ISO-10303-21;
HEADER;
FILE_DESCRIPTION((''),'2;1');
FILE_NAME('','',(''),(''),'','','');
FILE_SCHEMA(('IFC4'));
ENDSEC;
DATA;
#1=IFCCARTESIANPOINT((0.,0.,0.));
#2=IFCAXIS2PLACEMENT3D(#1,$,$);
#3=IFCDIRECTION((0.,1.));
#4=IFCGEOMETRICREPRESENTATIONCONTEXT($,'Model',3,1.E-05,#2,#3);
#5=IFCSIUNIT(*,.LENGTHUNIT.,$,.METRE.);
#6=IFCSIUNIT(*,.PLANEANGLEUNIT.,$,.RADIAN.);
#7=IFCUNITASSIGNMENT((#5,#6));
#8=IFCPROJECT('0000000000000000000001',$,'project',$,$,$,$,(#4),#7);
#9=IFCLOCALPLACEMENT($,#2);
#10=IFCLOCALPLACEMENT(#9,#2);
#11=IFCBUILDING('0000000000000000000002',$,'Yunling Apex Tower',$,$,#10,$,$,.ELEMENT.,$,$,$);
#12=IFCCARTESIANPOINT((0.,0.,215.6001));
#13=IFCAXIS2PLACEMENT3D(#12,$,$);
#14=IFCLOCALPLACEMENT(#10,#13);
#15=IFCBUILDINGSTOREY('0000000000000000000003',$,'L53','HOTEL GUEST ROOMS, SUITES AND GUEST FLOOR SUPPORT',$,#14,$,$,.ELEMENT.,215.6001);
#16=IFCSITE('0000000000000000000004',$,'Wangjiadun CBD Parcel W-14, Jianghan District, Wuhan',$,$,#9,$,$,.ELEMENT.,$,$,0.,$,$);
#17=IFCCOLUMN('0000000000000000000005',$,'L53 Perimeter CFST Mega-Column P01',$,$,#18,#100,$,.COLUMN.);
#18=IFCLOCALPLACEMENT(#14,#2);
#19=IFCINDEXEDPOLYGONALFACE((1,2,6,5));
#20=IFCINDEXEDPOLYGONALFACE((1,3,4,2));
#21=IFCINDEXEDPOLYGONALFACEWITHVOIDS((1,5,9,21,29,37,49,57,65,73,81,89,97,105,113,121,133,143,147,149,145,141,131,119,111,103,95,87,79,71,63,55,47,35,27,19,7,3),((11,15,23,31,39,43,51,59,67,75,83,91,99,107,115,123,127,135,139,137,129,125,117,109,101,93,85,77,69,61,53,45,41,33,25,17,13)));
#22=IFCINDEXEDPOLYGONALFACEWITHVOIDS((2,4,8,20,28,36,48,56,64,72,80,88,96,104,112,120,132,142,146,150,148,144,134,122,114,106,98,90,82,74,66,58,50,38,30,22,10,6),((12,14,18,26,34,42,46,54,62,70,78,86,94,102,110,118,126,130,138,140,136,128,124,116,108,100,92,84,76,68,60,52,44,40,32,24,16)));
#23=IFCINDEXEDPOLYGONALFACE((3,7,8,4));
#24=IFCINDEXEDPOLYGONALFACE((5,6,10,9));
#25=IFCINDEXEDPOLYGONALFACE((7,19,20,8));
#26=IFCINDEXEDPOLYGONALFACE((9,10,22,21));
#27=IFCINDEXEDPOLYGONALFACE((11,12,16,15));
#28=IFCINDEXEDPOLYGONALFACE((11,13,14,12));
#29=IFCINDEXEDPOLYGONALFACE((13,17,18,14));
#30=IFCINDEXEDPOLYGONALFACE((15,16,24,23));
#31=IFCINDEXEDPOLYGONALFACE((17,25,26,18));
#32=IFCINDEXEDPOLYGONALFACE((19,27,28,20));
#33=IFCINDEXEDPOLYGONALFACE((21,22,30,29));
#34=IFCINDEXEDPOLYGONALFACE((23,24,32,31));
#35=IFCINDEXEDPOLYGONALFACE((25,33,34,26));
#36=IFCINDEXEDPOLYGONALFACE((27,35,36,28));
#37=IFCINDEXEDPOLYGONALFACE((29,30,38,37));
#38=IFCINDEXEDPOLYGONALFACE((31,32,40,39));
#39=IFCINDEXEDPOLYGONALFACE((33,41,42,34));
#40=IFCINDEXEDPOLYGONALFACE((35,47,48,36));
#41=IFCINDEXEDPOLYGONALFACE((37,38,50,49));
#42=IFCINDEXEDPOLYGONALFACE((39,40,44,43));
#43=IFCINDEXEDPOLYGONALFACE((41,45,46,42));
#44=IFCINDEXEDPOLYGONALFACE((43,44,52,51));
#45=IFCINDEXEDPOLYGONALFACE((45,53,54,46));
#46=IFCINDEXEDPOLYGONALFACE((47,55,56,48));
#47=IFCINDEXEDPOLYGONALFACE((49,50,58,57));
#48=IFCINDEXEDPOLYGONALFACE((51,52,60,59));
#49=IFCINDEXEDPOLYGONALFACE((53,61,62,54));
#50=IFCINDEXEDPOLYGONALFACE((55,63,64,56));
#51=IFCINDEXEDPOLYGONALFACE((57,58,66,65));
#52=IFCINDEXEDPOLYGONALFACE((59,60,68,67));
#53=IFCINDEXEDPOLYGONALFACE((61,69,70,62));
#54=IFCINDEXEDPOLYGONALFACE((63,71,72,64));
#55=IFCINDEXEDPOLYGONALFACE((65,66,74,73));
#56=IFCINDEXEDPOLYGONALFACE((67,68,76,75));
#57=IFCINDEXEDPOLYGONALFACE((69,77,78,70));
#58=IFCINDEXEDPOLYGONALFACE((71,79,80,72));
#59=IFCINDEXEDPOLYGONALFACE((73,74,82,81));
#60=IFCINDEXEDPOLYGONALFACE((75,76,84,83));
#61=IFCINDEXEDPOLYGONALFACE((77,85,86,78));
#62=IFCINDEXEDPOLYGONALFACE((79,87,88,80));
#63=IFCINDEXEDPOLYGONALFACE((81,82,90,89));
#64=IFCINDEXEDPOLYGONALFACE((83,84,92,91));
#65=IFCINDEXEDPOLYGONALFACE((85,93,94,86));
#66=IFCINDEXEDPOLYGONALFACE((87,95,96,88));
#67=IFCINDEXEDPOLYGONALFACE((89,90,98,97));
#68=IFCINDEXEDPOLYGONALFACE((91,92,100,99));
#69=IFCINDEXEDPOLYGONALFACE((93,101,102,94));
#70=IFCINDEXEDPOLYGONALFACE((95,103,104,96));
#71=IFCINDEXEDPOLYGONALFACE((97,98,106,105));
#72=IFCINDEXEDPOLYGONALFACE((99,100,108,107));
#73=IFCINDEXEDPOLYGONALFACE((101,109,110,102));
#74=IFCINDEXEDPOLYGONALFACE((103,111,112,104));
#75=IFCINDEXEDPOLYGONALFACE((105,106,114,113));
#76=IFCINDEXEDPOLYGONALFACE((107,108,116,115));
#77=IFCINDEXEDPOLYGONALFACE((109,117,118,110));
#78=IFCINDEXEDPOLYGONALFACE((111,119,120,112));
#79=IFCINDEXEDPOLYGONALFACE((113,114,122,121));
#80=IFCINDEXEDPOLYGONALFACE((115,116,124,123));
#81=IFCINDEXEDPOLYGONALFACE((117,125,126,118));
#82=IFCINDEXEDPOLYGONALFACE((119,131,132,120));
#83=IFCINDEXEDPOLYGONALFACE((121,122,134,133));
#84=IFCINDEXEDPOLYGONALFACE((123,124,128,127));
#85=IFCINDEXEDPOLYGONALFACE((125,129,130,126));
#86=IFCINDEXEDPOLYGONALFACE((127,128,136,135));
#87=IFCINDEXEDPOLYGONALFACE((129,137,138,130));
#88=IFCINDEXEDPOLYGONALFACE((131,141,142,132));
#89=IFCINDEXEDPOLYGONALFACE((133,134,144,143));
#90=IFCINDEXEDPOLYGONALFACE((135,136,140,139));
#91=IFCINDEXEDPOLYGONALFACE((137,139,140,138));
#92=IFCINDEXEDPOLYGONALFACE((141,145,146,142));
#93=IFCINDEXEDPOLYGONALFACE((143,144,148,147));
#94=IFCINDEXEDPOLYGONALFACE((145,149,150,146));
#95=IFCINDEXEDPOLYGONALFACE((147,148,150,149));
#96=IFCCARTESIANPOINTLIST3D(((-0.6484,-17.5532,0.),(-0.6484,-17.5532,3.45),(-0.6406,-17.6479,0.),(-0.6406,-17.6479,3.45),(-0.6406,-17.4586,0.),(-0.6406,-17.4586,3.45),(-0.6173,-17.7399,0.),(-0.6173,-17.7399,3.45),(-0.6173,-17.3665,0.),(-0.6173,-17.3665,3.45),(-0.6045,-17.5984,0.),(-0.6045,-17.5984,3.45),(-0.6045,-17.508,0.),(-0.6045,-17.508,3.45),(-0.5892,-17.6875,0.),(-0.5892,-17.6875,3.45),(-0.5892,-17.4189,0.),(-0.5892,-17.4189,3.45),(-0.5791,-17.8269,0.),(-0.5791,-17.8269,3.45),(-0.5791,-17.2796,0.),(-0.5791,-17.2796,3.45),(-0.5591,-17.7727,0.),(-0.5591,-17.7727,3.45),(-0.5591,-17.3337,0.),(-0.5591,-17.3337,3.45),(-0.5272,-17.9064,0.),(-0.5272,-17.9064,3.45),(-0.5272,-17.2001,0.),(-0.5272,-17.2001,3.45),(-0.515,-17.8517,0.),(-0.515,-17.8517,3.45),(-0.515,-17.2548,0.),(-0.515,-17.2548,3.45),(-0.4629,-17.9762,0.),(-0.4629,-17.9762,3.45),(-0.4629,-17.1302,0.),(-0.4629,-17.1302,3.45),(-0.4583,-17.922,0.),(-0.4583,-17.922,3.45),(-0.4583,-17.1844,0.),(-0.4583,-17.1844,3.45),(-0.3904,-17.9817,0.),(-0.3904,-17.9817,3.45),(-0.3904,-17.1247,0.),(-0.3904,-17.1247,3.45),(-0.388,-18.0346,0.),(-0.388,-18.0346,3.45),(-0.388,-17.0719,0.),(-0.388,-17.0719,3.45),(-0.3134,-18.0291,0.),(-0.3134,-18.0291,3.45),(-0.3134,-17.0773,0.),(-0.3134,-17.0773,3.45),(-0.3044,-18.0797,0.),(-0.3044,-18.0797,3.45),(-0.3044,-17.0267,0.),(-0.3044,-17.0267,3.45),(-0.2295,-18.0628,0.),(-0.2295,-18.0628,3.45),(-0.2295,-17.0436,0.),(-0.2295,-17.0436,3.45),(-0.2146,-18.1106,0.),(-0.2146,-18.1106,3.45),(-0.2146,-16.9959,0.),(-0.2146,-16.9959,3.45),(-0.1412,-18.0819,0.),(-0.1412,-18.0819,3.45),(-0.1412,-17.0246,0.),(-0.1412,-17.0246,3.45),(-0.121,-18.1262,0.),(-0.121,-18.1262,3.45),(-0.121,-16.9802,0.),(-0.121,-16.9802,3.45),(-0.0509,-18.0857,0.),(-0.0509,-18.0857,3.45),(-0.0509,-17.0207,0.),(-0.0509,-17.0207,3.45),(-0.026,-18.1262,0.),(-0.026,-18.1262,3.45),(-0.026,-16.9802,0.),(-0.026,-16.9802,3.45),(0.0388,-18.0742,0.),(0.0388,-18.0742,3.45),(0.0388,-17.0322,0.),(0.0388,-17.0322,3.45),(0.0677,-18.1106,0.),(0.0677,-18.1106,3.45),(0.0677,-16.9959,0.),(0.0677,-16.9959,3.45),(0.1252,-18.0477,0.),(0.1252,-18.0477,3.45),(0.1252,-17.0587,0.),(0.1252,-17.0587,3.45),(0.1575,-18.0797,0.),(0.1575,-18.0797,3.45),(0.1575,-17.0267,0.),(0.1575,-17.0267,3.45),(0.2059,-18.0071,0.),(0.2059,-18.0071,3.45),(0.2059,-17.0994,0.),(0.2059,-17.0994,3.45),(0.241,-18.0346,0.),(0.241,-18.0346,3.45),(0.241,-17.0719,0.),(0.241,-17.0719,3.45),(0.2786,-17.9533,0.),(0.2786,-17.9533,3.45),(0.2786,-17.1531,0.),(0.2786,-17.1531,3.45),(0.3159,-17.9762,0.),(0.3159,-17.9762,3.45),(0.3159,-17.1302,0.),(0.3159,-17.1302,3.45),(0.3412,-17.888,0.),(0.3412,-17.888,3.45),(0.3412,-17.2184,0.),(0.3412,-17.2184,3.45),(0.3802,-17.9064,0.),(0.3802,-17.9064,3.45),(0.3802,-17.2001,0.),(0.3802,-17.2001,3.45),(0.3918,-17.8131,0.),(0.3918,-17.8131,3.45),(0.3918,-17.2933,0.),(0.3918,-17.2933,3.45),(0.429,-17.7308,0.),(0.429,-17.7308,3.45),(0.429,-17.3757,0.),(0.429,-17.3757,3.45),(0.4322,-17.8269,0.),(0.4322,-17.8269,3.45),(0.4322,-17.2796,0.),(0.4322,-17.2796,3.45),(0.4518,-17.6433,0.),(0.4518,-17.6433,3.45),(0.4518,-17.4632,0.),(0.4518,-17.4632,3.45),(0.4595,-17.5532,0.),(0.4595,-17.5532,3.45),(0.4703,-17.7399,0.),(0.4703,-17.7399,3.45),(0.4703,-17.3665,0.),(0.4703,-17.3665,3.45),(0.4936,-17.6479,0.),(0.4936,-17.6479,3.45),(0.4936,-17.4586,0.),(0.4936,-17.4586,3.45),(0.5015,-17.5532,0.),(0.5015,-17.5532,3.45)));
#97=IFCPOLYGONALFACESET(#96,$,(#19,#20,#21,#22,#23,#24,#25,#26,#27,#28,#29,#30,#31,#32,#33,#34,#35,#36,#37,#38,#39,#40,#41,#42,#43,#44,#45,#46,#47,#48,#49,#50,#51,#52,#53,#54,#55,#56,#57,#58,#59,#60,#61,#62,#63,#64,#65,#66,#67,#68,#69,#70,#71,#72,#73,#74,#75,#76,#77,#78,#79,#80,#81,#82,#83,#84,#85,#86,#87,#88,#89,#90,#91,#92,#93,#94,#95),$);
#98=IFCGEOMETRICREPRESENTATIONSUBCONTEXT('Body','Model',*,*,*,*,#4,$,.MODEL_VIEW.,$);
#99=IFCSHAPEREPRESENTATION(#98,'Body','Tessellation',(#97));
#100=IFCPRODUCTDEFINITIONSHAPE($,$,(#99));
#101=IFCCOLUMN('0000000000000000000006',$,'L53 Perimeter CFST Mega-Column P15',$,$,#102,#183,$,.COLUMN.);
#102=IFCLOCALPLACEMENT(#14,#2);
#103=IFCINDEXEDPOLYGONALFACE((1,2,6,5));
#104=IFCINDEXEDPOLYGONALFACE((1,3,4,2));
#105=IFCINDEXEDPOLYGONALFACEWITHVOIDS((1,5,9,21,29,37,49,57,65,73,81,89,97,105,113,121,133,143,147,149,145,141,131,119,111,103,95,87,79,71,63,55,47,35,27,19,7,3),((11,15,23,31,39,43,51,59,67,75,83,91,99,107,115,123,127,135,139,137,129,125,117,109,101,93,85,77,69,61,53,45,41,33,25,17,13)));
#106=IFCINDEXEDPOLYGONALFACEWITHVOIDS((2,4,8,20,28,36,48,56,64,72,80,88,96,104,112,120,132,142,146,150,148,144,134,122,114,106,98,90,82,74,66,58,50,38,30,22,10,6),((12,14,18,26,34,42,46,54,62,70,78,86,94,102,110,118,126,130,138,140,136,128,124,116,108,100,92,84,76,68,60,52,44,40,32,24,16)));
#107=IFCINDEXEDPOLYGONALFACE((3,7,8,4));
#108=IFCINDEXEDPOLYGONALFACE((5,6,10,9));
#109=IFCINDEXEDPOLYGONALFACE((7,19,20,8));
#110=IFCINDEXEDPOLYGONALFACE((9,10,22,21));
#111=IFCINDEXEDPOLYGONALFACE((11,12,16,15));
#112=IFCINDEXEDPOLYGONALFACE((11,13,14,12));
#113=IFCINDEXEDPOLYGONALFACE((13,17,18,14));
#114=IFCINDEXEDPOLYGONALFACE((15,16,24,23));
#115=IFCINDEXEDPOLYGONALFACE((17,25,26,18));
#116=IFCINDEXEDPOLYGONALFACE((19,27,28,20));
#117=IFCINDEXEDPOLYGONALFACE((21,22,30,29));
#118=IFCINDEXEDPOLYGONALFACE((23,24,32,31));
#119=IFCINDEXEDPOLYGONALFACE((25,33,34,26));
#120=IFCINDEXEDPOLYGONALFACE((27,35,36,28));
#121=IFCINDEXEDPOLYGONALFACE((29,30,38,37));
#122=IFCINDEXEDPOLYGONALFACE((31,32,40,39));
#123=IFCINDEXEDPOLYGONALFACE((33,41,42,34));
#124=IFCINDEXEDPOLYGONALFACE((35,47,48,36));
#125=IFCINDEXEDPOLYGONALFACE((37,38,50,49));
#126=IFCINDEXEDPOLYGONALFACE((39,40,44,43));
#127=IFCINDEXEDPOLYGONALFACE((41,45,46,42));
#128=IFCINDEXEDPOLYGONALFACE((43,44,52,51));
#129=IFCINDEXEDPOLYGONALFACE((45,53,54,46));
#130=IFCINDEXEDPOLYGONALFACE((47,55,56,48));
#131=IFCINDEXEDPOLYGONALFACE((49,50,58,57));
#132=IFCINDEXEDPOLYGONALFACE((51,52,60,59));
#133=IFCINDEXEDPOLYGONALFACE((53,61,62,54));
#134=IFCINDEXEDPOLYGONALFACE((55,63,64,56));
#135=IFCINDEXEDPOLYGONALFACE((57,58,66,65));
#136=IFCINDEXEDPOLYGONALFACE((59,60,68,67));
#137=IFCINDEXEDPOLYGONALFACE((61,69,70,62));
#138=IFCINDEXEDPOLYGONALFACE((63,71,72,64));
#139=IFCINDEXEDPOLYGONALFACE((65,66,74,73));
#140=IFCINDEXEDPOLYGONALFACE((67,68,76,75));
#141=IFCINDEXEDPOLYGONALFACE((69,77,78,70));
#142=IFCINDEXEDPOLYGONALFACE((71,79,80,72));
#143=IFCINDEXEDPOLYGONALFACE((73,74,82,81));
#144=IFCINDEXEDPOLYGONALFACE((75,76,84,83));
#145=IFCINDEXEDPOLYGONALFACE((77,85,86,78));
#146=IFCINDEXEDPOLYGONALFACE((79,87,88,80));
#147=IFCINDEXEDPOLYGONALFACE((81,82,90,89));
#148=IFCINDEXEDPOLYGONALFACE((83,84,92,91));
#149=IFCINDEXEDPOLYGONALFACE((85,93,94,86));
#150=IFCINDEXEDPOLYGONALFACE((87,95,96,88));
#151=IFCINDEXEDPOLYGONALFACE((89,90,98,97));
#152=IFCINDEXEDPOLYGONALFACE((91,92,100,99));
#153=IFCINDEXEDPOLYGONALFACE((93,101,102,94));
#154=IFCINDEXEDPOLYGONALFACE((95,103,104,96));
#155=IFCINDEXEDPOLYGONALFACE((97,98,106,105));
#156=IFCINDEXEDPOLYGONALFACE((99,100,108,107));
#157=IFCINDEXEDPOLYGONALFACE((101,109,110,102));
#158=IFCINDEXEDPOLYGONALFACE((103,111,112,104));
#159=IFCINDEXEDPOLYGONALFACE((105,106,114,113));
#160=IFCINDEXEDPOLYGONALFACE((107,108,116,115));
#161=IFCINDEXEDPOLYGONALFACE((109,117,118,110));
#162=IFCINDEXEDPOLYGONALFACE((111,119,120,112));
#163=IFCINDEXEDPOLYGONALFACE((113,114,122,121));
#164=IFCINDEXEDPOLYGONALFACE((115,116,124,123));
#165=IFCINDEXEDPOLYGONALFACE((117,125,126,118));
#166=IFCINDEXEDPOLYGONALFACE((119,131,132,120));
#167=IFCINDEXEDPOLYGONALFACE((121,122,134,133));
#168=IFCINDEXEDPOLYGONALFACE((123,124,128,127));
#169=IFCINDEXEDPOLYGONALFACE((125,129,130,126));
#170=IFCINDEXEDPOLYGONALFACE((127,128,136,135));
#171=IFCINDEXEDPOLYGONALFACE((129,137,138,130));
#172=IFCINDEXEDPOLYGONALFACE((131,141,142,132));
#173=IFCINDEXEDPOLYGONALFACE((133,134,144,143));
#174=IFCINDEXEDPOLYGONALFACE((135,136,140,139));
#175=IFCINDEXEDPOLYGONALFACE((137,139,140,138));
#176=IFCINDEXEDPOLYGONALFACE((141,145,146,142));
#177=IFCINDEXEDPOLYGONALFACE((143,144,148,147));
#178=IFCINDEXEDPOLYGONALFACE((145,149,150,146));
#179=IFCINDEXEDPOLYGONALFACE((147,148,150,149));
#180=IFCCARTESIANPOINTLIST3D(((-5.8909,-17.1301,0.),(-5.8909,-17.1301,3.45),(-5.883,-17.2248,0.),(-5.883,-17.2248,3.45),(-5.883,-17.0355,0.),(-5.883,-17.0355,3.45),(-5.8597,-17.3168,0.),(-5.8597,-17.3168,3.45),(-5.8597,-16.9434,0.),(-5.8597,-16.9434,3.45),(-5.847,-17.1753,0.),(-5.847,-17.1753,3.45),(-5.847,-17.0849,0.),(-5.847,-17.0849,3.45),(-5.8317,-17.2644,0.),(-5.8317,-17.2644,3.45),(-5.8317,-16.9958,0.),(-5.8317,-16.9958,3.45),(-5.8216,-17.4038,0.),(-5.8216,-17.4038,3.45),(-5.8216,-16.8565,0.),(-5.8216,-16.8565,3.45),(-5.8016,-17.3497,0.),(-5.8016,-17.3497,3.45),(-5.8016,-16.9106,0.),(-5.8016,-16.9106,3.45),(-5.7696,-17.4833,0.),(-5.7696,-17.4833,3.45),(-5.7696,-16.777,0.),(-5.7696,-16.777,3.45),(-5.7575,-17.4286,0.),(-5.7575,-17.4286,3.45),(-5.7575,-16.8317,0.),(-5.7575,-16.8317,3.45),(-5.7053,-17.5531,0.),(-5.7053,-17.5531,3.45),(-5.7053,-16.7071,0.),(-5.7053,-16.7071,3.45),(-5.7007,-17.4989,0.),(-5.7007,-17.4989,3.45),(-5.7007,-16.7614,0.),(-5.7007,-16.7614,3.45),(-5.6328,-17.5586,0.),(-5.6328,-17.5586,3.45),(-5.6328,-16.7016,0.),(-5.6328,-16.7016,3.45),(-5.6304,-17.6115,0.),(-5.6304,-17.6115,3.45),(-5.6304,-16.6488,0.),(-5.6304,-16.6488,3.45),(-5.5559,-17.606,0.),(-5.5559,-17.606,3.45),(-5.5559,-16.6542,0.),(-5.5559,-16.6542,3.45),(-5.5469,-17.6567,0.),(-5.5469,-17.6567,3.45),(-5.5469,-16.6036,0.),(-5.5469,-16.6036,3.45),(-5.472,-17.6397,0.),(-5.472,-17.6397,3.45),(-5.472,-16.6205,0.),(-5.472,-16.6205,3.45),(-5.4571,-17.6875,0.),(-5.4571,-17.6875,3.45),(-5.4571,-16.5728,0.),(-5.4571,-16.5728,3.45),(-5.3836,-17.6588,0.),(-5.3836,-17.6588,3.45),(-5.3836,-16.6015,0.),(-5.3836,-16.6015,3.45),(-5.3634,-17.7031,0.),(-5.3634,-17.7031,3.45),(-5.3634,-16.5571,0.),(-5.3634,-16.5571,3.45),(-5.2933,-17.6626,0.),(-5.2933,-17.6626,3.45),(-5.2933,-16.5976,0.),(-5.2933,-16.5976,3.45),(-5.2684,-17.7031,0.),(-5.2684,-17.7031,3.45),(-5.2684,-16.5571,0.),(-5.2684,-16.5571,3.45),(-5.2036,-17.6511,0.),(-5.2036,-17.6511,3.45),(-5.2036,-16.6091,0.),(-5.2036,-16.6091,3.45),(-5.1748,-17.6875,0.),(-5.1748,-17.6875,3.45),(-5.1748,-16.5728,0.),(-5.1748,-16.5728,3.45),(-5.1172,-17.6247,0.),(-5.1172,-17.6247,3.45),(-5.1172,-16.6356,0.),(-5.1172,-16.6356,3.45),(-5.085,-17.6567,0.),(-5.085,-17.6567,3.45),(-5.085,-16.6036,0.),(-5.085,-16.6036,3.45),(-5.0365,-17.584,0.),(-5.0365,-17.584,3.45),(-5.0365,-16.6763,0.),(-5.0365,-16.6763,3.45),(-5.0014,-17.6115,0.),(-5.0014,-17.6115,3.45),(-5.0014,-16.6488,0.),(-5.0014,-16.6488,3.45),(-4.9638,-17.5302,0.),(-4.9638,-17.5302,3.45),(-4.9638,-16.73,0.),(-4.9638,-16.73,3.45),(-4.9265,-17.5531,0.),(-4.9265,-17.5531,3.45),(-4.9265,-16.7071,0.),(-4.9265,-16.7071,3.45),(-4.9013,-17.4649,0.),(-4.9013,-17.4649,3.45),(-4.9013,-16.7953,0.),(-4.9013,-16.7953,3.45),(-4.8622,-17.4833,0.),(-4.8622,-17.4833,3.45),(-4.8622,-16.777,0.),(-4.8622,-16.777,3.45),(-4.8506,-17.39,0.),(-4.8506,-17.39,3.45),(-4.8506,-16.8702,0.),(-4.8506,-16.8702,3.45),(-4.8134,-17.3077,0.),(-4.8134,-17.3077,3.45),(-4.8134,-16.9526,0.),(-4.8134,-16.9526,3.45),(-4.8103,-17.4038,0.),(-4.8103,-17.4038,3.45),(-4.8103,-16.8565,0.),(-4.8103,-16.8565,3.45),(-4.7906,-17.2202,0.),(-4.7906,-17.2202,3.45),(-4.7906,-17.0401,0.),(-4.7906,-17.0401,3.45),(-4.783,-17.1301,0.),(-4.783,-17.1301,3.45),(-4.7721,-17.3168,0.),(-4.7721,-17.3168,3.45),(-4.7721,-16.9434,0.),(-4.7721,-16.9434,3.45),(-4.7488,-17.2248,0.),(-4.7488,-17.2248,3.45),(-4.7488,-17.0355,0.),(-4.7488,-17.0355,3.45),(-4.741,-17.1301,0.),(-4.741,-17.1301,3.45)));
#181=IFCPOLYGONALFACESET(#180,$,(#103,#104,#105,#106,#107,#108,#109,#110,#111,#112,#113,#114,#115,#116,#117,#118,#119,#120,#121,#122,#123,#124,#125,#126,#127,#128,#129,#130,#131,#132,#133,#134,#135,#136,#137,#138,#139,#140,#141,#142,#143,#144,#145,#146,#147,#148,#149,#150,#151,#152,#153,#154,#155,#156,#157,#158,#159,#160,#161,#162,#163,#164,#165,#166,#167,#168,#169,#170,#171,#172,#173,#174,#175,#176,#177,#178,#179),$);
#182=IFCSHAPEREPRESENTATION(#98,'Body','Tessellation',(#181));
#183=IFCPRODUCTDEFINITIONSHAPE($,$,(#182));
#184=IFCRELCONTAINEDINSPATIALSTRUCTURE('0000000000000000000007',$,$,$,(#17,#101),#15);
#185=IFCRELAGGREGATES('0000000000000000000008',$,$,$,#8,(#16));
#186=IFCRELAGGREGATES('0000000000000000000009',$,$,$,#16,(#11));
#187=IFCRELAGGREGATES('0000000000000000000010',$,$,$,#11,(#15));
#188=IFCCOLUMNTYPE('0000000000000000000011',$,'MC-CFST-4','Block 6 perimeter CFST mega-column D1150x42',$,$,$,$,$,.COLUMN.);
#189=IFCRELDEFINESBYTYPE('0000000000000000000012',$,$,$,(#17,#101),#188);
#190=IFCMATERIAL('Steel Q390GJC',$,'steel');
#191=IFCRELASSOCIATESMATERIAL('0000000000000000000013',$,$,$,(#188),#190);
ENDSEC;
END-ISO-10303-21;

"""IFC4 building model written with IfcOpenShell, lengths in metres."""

from ifc_helpers import new_model, si_unit, direction, frame, origin, origin_2d, place, context, subcontext, project, spatial, hollow_circle, extrude, source, transform, mapped, material, material_profile, profile_set, type_object, element, save


model = new_model("IFC4")

# Units and contexts
model_context = context("Model", 3, precision=1e-05, world=origin(), true_north=direction((0.0, 1.0)))
body_context = subcontext(model_context, "Body", "Model", "MODEL_VIEW")
ifc_project = project(units=[si_unit("LENGTHUNIT", "METRE"), si_unit("PLANEANGLEUNIT", "RADIAN")], contexts=[model_context])

# Site, building, storey
site_placement = place(None, origin())
site = spatial("IfcSite", under=ifc_project, at=site_placement, Name="Wangjiadun CBD Parcel W-14, Jianghan District, Wuhan", CompositionType="ELEMENT", RefElevation=0.0)
building_placement = place(site_placement, origin())
building = spatial("IfcBuilding", under=site, at=building_placement, Name="Yunling Apex Tower", CompositionType="ELEMENT")
storey_placement = place(building_placement, frame((0.0, 0.0, 215.6001)))
storey = spatial("IfcBuildingStorey", under=building, at=storey_placement, Name="L53", Description="HOTEL GUEST ROOMS, SUITES AND GUEST FLOOR SUPPORT", CompositionType="ELEMENT", Elevation=215.6001)

# Columns
ifc_material_1 = material(Name="Steel Q390GJC", Category="steel")
ifc_material_profile_1 = material_profile(ifc_material_1, hollow_circle(Radius=0.575, WallThickness=0.042, at=origin_2d()))
ifc_profile_set_1 = profile_set([ifc_material_profile_1], Name="Steel Q390GJC")
column_type = type_object("IfcColumnType", Name="MC-CFST-4", Description="Block 6 perimeter CFST mega-column D1150x42", PredefinedType="COLUMN", material=ifc_profile_set_1)
shared_shape_1 = source(origin(), body_context, "Body", "SweptSolid", [
    extrude(hollow_circle(Radius=0.575, WallThickness=0.042, at=origin_2d()), origin(), (0.0, 0.0, 1.0), 3.45),
])
for number, where, z_axis, x_axis, name in (
    (1, (-0.0735, -17.5532, 0.0), (0.0, 0.0, 1.0), (1.0, 0.0, 0.0), "L53 Perimeter CFST Mega-Column P01"),
    (2, (-5.3159, -17.1301, 0.0), (0.0, 0.0, 1.0), (1.0, 0.0, 0.0), "L53 Perimeter CFST Mega-Column P15"),
):
    element("IfcColumn", number, at=place(storey_placement, frame(where, z_axis=z_axis, x_axis=x_axis)), inside=storey, type_object=column_type, Name=name, PredefinedType="COLUMN", context=body_context, shape_type="MappedRepresentation", body=[
        mapped(shared_shape_1, transform((0.0, 0.0, 0.0), scale=1.0)),
    ])

save(model, "model.ifc")
